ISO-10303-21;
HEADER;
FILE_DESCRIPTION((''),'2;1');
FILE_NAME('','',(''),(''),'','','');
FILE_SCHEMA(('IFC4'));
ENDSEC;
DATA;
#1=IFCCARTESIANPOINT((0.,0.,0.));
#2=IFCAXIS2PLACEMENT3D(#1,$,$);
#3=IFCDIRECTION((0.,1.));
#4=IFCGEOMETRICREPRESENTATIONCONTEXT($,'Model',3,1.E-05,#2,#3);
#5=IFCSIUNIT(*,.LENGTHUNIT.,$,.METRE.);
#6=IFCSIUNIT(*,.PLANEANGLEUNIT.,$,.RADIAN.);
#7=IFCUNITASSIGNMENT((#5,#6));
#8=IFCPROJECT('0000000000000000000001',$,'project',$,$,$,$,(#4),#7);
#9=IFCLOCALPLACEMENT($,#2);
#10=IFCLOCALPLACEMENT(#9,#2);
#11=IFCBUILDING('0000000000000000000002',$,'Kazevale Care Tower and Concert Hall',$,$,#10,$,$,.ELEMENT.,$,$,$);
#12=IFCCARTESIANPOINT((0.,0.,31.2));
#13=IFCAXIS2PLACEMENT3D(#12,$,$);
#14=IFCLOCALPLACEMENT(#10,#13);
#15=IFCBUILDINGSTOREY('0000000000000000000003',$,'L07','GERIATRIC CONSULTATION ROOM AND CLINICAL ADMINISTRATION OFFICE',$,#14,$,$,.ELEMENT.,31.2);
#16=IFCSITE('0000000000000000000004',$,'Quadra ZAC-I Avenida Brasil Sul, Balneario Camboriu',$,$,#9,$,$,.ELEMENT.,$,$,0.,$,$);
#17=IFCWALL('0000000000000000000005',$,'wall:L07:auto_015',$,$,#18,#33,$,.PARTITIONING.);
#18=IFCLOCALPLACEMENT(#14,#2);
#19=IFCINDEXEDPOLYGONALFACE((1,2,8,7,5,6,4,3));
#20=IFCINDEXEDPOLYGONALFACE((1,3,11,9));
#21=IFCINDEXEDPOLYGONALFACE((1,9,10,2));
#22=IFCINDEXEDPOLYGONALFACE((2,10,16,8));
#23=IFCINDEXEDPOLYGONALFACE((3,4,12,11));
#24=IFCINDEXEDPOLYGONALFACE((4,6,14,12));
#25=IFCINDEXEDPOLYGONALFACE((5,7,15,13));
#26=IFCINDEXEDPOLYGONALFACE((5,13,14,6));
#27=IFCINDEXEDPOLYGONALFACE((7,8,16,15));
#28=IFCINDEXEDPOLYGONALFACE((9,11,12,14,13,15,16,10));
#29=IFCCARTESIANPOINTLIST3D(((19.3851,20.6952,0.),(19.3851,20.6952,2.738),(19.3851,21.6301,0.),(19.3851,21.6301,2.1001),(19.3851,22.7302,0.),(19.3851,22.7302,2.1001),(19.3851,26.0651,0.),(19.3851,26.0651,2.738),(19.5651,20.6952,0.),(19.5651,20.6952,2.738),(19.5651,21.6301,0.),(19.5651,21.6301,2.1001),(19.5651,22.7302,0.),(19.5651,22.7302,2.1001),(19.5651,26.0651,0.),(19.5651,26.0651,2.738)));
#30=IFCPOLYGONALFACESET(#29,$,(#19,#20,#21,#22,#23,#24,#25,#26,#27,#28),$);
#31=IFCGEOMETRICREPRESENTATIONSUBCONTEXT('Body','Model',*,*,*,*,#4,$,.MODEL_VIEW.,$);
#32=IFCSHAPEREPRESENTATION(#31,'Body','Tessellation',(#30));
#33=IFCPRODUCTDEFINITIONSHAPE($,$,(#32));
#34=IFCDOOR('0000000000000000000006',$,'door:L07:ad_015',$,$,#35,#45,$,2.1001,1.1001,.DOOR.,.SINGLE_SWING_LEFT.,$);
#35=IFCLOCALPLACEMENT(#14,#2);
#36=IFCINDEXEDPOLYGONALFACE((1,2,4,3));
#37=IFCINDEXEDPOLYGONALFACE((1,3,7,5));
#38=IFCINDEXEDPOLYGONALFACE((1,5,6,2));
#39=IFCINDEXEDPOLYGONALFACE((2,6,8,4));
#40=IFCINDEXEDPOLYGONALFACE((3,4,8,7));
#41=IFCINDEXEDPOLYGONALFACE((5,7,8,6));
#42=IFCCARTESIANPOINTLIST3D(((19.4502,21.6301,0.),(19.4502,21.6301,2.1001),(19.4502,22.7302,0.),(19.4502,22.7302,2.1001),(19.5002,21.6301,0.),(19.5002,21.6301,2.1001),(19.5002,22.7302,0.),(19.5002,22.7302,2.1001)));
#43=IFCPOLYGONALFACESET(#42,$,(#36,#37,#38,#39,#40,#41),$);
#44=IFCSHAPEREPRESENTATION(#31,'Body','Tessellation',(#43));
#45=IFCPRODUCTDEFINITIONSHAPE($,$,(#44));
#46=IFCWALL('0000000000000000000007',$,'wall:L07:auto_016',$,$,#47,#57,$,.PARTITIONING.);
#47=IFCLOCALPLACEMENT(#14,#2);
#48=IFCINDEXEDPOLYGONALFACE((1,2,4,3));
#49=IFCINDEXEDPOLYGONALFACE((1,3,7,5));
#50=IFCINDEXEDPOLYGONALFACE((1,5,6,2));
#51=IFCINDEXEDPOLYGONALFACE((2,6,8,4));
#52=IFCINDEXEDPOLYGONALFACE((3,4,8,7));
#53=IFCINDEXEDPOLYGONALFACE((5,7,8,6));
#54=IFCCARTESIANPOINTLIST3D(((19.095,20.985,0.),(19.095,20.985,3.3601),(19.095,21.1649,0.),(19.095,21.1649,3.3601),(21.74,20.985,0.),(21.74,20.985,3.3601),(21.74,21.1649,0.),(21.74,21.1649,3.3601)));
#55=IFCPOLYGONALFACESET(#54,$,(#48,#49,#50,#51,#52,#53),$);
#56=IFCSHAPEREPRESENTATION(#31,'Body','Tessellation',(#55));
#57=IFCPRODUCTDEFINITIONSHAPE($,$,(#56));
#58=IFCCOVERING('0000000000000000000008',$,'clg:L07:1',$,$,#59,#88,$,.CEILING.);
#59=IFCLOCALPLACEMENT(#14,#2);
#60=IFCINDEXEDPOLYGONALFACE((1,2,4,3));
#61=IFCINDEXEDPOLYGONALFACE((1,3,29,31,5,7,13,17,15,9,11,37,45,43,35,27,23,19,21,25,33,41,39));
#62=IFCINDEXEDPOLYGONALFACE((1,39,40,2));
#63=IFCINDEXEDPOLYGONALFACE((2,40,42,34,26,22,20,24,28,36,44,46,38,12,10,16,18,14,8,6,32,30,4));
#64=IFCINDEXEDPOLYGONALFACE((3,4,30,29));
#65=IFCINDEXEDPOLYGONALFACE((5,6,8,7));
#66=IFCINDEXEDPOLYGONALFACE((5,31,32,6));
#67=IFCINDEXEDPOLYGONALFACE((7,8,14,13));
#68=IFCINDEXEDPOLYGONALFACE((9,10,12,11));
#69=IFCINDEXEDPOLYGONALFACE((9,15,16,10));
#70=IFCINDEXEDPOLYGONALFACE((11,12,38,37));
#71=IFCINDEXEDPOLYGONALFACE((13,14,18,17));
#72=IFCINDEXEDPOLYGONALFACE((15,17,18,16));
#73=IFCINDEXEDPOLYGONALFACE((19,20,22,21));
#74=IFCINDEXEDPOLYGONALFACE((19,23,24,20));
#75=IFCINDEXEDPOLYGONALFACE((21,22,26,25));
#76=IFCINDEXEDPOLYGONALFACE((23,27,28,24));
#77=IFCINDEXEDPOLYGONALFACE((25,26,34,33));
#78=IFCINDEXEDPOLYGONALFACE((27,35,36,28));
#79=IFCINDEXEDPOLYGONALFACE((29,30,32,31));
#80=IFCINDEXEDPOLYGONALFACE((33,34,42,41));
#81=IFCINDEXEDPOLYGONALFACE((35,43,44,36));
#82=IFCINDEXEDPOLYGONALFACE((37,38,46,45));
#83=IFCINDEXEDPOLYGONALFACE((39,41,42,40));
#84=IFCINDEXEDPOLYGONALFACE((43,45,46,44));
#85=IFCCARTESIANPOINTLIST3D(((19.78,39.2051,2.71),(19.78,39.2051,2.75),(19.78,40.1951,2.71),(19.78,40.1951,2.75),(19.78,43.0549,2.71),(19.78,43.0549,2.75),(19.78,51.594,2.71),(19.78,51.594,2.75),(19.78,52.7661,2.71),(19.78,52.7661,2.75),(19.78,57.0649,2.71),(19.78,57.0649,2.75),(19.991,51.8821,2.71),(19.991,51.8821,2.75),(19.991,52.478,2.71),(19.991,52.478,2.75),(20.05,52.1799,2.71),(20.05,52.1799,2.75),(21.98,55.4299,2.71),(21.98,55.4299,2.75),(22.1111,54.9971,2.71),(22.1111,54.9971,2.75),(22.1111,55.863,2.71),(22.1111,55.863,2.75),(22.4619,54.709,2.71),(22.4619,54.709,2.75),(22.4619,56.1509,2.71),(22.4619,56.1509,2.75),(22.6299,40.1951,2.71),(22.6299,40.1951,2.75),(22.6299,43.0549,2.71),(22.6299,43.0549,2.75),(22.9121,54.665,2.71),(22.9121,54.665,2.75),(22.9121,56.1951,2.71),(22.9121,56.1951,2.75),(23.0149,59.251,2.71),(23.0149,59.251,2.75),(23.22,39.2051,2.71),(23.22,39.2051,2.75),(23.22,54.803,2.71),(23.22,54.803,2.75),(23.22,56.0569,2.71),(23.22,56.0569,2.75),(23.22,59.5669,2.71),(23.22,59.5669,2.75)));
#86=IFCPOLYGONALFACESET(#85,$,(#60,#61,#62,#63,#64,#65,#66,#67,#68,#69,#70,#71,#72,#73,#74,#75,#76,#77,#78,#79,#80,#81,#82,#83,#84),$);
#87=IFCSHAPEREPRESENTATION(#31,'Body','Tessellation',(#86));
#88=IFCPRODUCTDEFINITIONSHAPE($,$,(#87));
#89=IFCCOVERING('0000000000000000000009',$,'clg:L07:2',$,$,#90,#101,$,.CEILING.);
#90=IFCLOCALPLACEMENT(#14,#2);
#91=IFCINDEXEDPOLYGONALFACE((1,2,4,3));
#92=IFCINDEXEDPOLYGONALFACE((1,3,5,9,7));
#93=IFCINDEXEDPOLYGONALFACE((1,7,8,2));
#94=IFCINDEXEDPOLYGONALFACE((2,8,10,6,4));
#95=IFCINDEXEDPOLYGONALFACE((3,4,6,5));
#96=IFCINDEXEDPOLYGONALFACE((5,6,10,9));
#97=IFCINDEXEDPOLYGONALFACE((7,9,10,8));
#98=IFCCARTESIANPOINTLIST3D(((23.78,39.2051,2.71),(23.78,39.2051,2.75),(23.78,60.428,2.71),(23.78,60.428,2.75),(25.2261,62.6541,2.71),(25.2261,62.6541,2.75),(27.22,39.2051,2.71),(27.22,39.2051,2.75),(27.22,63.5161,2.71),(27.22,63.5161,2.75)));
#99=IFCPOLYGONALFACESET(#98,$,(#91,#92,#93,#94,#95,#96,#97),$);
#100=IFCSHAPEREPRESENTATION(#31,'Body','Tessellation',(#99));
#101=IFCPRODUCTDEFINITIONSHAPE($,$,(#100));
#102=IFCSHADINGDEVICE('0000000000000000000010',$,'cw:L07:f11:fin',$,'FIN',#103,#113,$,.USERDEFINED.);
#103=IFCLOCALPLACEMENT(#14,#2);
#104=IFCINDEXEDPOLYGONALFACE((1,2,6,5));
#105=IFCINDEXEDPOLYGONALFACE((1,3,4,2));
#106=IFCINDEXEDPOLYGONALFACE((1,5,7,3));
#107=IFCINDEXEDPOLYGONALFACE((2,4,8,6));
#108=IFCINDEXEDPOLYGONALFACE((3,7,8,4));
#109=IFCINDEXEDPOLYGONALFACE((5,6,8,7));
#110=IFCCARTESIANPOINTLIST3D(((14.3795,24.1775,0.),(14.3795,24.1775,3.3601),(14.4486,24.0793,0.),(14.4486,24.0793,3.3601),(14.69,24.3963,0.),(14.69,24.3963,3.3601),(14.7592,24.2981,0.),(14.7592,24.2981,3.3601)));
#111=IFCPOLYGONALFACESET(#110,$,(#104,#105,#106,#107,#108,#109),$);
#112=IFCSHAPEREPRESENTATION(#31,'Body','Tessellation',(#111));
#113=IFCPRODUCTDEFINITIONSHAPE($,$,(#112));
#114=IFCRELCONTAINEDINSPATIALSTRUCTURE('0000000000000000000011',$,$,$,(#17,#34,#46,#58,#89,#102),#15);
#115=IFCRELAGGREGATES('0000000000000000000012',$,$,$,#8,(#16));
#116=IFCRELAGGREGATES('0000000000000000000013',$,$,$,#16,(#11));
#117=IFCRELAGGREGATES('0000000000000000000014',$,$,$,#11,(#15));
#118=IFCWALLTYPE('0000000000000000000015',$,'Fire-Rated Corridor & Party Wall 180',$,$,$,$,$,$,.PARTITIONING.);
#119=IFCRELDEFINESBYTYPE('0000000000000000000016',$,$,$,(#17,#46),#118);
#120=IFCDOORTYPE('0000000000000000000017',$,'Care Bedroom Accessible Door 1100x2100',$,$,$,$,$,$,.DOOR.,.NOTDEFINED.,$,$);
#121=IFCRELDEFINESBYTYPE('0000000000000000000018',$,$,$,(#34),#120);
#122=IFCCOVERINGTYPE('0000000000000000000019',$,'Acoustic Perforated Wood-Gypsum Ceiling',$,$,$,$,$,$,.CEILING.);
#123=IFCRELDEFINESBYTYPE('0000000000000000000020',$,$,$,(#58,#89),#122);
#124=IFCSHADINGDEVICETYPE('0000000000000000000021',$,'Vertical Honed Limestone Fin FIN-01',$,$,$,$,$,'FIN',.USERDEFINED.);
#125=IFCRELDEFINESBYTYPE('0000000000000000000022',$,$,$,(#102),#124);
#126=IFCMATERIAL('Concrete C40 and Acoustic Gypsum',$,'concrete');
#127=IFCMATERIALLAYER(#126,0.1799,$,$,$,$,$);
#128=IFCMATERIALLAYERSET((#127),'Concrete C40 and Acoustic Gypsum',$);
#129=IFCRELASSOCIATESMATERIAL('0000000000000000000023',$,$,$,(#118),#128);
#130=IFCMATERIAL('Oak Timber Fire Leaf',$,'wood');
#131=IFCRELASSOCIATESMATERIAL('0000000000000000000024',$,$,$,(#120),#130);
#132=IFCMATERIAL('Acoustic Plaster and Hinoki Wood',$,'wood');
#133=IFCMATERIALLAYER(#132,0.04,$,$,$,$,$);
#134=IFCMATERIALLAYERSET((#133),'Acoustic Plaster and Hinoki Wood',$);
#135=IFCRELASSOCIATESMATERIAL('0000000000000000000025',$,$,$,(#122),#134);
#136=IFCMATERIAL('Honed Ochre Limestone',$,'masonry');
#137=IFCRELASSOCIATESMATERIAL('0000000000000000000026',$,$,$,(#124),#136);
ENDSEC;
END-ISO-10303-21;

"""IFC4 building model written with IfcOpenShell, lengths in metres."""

from ifc_helpers import new_model, si_unit, direction, frame, frame_2d, origin, origin_2d, place, context, subcontext, project, spatial, polyline, rectangle, outline, extrude, material, layer, layer_set, type_object, element, fill, save


model = new_model("IFC4")

# Units and contexts
model_context = context("Model", 3, precision=1e-05, world=origin(), true_north=direction((0.0, 1.0)))
body_context = subcontext(model_context, "Body", "Model", "MODEL_VIEW")
ifc_project = project(units=[si_unit("LENGTHUNIT", "METRE"), si_unit("PLANEANGLEUNIT", "RADIAN")], contexts=[model_context])

# Site, building, storey
site_placement = place(None, origin())
site = spatial("IfcSite", under=ifc_project, at=site_placement, Name="Quadra ZAC-I Avenida Brasil Sul, Balneario Camboriu", CompositionType="ELEMENT", RefElevation=0.0)
building_placement = place(site_placement, origin())
building = spatial("IfcBuilding", under=site, at=building_placement, Name="Kazevale Care Tower and Concert Hall", CompositionType="ELEMENT")
storey_placement = place(building_placement, frame((0.0, 0.0, 31.2)))
storey = spatial("IfcBuildingStorey", under=building, at=storey_placement, Name="L07", Description="GERIATRIC CONSULTATION ROOM AND CLINICAL ADMINISTRATION OFFICE", CompositionType="ELEMENT", Elevation=31.2)

# Wall, opening, door
ifc_material_1 = material(Name="Concrete C40 and Acoustic Gypsum", Category="concrete")
ifc_layer_1 = layer(ifc_material_1, 0.1799)
ifc_layer_set_1 = layer_set([ifc_layer_1], Name="Concrete C40 and Acoustic Gypsum")
wall_type_1 = type_object("IfcWallType", Name="Fire-Rated Corridor & Party Wall 180", PredefinedType="PARTITIONING", material=ifc_layer_set_1)
wall_1_placement = place(storey_placement, frame((19.4751, 20.6951, 0.0), z_axis=(0.0, 0.0, 1.0), x_axis=(0.0, 1.0, 0.0)))
wall_1 = element("IfcWall", 1, at=wall_1_placement, inside=storey, type_object=wall_type_1, Name="wall:L07:auto_015", PredefinedType="PARTITIONING", context=body_context, shape_type="SweptSolid", body=[
    extrude(rectangle(XDim=5.3699, YDim=0.1799, at=frame_2d((2.6851, 0.0))), origin(), (0.0, 0.0, 1.0), 2.738),
])
opening_placement = place(wall_1_placement, frame((0.9351, 0.0, 0.0)))
opening = element("IfcOpeningElement", 2, at=opening_placement, cuts=wall_1, PredefinedType="OPENING", context=body_context, shape_type="SweptSolid", body=[
    extrude(rectangle(XDim=1.1001, YDim=2.1001, at=frame_2d((0.55, 1.05))), frame((0.0, 0.0999, 0.0), z_axis=(0.0, -1.0, 0.0), x_axis=(1.0, 0.0, 0.0)), (0.0, 0.0, 1.0), 0.2),
])
ifc_material_2 = material(Name="Oak Timber Fire Leaf", Category="wood")
door_type = type_object("IfcDoorType", Name="Care Bedroom Accessible Door 1100x2100", OperationType="NOTDEFINED", PredefinedType="DOOR", material=ifc_material_2)
door_placement = place(opening_placement, origin())
door = element("IfcDoor", 3, at=door_placement, inside=storey, type_object=door_type, Name="door:L07:ad_015", OperationType="SINGLE_SWING_LEFT", OverallHeight=2.1001, OverallWidth=1.1001, PredefinedType="DOOR", context=body_context, shape_type="SweptSolid", body=[
    extrude(rectangle(XDim=1.1001, YDim=2.1001, at=frame_2d((0.55, 1.05))), frame((0.0, 0.0249, 0.0), z_axis=(0.0, -1.0, 0.0), x_axis=(1.0, 0.0, 0.0)), (0.0, 0.0, 1.0), 0.05),
])
fill(opening, door)

# Wall
wall_2_placement = place(storey_placement, frame((21.74, 21.075, 0.0), z_axis=(0.0, 0.0, 1.0), x_axis=(-1.0, 0.0, 0.0)))
element("IfcWall", 4, at=wall_2_placement, inside=storey, type_object=wall_type_1, Name="wall:L07:auto_016", PredefinedType="PARTITIONING", context=body_context, shape_type="SweptSolid", body=[
    extrude(rectangle(XDim=2.645, YDim=0.1799, at=frame_2d((1.3225, 0.0))), origin(), (0.0, 0.0, 1.0), 3.3601),
])

# Coverings
ifc_material_3 = material(Name="Acoustic Plaster and Hinoki Wood", Category="wood")
ifc_layer_2 = layer(ifc_material_3, 0.04)
ifc_layer_set_2 = layer_set([ifc_layer_2], Name="Acoustic Plaster and Hinoki Wood")
covering_type = type_object("IfcCoveringType", Name="Acoustic Perforated Wood-Gypsum Ceiling", PredefinedType="CEILING", material=ifc_layer_set_2)
covering_1_placement = place(storey_placement, frame((0.0, 0.0, 2.71)))
element("IfcCovering", 5, at=covering_1_placement, inside=storey, type_object=covering_type, Name="clg:L07:1", PredefinedType="CEILING", context=body_context, shape_type="SweptSolid", body=[
    extrude(outline(polyline([(22.6299, 43.0549), (19.78, 43.0549), (19.78, 51.594), (19.991, 51.8821), (20.05, 52.1799), (19.991, 52.478), (19.78, 52.7661), (19.78, 57.0649), (23.0149, 59.251), (23.22, 59.5669), (23.22, 56.0569), (22.9121, 56.1951), (22.4619, 56.1509), (22.1111, 55.863), (21.98, 55.4299), (22.1111, 54.9971), (22.4619, 54.709), (22.9121, 54.665), (23.22, 54.803), (23.22, 39.2051), (19.78, 39.2051), (19.78, 40.1951), (22.6299, 40.1951), (22.6299, 43.0549)])), origin(), (0.0, 0.0, 1.0), 0.04),
])
covering_2_placement = place(storey_placement, frame((0.0, 0.0, 2.71)))
element("IfcCovering", 6, at=covering_2_placement, inside=storey, type_object=covering_type, Name="clg:L07:2", PredefinedType="CEILING", context=body_context, shape_type="SweptSolid", body=[
    extrude(outline(polyline([(27.22, 39.2051), (23.78, 39.2051), (23.78, 60.428), (25.2261, 62.6541), (27.22, 63.5161), (27.22, 39.2051)])), origin(), (0.0, 0.0, 1.0), 0.04),
])

# Shading device
ifc_material_4 = material(Name="Honed Ochre Limestone", Category="masonry")
shading_device_type = type_object("IfcShadingDeviceType", Name="Vertical Honed Limestone Fin FIN-01", ElementType="FIN", PredefinedType="USERDEFINED", material=ifc_material_4)
shading_device_placement = place(storey_placement, frame((14.5693, 24.2378, 0.0), z_axis=(0.0, 0.0, 1.0), x_axis=(-0.817547, -0.575862, 0.0)))
element("IfcShadingDevice", 7, at=shading_device_placement, inside=storey, type_object=shading_device_type, Name="cw:L07:f11:fin", ObjectType="FIN", PredefinedType="USERDEFINED", context=body_context, shape_type="SweptSolid", body=[
    extrude(rectangle(XDim=0.3799, YDim=0.1201, at=origin_2d()), origin(), (0.0, 0.0, 1.0), 3.3601),
])

save(model, "model.ifc")
